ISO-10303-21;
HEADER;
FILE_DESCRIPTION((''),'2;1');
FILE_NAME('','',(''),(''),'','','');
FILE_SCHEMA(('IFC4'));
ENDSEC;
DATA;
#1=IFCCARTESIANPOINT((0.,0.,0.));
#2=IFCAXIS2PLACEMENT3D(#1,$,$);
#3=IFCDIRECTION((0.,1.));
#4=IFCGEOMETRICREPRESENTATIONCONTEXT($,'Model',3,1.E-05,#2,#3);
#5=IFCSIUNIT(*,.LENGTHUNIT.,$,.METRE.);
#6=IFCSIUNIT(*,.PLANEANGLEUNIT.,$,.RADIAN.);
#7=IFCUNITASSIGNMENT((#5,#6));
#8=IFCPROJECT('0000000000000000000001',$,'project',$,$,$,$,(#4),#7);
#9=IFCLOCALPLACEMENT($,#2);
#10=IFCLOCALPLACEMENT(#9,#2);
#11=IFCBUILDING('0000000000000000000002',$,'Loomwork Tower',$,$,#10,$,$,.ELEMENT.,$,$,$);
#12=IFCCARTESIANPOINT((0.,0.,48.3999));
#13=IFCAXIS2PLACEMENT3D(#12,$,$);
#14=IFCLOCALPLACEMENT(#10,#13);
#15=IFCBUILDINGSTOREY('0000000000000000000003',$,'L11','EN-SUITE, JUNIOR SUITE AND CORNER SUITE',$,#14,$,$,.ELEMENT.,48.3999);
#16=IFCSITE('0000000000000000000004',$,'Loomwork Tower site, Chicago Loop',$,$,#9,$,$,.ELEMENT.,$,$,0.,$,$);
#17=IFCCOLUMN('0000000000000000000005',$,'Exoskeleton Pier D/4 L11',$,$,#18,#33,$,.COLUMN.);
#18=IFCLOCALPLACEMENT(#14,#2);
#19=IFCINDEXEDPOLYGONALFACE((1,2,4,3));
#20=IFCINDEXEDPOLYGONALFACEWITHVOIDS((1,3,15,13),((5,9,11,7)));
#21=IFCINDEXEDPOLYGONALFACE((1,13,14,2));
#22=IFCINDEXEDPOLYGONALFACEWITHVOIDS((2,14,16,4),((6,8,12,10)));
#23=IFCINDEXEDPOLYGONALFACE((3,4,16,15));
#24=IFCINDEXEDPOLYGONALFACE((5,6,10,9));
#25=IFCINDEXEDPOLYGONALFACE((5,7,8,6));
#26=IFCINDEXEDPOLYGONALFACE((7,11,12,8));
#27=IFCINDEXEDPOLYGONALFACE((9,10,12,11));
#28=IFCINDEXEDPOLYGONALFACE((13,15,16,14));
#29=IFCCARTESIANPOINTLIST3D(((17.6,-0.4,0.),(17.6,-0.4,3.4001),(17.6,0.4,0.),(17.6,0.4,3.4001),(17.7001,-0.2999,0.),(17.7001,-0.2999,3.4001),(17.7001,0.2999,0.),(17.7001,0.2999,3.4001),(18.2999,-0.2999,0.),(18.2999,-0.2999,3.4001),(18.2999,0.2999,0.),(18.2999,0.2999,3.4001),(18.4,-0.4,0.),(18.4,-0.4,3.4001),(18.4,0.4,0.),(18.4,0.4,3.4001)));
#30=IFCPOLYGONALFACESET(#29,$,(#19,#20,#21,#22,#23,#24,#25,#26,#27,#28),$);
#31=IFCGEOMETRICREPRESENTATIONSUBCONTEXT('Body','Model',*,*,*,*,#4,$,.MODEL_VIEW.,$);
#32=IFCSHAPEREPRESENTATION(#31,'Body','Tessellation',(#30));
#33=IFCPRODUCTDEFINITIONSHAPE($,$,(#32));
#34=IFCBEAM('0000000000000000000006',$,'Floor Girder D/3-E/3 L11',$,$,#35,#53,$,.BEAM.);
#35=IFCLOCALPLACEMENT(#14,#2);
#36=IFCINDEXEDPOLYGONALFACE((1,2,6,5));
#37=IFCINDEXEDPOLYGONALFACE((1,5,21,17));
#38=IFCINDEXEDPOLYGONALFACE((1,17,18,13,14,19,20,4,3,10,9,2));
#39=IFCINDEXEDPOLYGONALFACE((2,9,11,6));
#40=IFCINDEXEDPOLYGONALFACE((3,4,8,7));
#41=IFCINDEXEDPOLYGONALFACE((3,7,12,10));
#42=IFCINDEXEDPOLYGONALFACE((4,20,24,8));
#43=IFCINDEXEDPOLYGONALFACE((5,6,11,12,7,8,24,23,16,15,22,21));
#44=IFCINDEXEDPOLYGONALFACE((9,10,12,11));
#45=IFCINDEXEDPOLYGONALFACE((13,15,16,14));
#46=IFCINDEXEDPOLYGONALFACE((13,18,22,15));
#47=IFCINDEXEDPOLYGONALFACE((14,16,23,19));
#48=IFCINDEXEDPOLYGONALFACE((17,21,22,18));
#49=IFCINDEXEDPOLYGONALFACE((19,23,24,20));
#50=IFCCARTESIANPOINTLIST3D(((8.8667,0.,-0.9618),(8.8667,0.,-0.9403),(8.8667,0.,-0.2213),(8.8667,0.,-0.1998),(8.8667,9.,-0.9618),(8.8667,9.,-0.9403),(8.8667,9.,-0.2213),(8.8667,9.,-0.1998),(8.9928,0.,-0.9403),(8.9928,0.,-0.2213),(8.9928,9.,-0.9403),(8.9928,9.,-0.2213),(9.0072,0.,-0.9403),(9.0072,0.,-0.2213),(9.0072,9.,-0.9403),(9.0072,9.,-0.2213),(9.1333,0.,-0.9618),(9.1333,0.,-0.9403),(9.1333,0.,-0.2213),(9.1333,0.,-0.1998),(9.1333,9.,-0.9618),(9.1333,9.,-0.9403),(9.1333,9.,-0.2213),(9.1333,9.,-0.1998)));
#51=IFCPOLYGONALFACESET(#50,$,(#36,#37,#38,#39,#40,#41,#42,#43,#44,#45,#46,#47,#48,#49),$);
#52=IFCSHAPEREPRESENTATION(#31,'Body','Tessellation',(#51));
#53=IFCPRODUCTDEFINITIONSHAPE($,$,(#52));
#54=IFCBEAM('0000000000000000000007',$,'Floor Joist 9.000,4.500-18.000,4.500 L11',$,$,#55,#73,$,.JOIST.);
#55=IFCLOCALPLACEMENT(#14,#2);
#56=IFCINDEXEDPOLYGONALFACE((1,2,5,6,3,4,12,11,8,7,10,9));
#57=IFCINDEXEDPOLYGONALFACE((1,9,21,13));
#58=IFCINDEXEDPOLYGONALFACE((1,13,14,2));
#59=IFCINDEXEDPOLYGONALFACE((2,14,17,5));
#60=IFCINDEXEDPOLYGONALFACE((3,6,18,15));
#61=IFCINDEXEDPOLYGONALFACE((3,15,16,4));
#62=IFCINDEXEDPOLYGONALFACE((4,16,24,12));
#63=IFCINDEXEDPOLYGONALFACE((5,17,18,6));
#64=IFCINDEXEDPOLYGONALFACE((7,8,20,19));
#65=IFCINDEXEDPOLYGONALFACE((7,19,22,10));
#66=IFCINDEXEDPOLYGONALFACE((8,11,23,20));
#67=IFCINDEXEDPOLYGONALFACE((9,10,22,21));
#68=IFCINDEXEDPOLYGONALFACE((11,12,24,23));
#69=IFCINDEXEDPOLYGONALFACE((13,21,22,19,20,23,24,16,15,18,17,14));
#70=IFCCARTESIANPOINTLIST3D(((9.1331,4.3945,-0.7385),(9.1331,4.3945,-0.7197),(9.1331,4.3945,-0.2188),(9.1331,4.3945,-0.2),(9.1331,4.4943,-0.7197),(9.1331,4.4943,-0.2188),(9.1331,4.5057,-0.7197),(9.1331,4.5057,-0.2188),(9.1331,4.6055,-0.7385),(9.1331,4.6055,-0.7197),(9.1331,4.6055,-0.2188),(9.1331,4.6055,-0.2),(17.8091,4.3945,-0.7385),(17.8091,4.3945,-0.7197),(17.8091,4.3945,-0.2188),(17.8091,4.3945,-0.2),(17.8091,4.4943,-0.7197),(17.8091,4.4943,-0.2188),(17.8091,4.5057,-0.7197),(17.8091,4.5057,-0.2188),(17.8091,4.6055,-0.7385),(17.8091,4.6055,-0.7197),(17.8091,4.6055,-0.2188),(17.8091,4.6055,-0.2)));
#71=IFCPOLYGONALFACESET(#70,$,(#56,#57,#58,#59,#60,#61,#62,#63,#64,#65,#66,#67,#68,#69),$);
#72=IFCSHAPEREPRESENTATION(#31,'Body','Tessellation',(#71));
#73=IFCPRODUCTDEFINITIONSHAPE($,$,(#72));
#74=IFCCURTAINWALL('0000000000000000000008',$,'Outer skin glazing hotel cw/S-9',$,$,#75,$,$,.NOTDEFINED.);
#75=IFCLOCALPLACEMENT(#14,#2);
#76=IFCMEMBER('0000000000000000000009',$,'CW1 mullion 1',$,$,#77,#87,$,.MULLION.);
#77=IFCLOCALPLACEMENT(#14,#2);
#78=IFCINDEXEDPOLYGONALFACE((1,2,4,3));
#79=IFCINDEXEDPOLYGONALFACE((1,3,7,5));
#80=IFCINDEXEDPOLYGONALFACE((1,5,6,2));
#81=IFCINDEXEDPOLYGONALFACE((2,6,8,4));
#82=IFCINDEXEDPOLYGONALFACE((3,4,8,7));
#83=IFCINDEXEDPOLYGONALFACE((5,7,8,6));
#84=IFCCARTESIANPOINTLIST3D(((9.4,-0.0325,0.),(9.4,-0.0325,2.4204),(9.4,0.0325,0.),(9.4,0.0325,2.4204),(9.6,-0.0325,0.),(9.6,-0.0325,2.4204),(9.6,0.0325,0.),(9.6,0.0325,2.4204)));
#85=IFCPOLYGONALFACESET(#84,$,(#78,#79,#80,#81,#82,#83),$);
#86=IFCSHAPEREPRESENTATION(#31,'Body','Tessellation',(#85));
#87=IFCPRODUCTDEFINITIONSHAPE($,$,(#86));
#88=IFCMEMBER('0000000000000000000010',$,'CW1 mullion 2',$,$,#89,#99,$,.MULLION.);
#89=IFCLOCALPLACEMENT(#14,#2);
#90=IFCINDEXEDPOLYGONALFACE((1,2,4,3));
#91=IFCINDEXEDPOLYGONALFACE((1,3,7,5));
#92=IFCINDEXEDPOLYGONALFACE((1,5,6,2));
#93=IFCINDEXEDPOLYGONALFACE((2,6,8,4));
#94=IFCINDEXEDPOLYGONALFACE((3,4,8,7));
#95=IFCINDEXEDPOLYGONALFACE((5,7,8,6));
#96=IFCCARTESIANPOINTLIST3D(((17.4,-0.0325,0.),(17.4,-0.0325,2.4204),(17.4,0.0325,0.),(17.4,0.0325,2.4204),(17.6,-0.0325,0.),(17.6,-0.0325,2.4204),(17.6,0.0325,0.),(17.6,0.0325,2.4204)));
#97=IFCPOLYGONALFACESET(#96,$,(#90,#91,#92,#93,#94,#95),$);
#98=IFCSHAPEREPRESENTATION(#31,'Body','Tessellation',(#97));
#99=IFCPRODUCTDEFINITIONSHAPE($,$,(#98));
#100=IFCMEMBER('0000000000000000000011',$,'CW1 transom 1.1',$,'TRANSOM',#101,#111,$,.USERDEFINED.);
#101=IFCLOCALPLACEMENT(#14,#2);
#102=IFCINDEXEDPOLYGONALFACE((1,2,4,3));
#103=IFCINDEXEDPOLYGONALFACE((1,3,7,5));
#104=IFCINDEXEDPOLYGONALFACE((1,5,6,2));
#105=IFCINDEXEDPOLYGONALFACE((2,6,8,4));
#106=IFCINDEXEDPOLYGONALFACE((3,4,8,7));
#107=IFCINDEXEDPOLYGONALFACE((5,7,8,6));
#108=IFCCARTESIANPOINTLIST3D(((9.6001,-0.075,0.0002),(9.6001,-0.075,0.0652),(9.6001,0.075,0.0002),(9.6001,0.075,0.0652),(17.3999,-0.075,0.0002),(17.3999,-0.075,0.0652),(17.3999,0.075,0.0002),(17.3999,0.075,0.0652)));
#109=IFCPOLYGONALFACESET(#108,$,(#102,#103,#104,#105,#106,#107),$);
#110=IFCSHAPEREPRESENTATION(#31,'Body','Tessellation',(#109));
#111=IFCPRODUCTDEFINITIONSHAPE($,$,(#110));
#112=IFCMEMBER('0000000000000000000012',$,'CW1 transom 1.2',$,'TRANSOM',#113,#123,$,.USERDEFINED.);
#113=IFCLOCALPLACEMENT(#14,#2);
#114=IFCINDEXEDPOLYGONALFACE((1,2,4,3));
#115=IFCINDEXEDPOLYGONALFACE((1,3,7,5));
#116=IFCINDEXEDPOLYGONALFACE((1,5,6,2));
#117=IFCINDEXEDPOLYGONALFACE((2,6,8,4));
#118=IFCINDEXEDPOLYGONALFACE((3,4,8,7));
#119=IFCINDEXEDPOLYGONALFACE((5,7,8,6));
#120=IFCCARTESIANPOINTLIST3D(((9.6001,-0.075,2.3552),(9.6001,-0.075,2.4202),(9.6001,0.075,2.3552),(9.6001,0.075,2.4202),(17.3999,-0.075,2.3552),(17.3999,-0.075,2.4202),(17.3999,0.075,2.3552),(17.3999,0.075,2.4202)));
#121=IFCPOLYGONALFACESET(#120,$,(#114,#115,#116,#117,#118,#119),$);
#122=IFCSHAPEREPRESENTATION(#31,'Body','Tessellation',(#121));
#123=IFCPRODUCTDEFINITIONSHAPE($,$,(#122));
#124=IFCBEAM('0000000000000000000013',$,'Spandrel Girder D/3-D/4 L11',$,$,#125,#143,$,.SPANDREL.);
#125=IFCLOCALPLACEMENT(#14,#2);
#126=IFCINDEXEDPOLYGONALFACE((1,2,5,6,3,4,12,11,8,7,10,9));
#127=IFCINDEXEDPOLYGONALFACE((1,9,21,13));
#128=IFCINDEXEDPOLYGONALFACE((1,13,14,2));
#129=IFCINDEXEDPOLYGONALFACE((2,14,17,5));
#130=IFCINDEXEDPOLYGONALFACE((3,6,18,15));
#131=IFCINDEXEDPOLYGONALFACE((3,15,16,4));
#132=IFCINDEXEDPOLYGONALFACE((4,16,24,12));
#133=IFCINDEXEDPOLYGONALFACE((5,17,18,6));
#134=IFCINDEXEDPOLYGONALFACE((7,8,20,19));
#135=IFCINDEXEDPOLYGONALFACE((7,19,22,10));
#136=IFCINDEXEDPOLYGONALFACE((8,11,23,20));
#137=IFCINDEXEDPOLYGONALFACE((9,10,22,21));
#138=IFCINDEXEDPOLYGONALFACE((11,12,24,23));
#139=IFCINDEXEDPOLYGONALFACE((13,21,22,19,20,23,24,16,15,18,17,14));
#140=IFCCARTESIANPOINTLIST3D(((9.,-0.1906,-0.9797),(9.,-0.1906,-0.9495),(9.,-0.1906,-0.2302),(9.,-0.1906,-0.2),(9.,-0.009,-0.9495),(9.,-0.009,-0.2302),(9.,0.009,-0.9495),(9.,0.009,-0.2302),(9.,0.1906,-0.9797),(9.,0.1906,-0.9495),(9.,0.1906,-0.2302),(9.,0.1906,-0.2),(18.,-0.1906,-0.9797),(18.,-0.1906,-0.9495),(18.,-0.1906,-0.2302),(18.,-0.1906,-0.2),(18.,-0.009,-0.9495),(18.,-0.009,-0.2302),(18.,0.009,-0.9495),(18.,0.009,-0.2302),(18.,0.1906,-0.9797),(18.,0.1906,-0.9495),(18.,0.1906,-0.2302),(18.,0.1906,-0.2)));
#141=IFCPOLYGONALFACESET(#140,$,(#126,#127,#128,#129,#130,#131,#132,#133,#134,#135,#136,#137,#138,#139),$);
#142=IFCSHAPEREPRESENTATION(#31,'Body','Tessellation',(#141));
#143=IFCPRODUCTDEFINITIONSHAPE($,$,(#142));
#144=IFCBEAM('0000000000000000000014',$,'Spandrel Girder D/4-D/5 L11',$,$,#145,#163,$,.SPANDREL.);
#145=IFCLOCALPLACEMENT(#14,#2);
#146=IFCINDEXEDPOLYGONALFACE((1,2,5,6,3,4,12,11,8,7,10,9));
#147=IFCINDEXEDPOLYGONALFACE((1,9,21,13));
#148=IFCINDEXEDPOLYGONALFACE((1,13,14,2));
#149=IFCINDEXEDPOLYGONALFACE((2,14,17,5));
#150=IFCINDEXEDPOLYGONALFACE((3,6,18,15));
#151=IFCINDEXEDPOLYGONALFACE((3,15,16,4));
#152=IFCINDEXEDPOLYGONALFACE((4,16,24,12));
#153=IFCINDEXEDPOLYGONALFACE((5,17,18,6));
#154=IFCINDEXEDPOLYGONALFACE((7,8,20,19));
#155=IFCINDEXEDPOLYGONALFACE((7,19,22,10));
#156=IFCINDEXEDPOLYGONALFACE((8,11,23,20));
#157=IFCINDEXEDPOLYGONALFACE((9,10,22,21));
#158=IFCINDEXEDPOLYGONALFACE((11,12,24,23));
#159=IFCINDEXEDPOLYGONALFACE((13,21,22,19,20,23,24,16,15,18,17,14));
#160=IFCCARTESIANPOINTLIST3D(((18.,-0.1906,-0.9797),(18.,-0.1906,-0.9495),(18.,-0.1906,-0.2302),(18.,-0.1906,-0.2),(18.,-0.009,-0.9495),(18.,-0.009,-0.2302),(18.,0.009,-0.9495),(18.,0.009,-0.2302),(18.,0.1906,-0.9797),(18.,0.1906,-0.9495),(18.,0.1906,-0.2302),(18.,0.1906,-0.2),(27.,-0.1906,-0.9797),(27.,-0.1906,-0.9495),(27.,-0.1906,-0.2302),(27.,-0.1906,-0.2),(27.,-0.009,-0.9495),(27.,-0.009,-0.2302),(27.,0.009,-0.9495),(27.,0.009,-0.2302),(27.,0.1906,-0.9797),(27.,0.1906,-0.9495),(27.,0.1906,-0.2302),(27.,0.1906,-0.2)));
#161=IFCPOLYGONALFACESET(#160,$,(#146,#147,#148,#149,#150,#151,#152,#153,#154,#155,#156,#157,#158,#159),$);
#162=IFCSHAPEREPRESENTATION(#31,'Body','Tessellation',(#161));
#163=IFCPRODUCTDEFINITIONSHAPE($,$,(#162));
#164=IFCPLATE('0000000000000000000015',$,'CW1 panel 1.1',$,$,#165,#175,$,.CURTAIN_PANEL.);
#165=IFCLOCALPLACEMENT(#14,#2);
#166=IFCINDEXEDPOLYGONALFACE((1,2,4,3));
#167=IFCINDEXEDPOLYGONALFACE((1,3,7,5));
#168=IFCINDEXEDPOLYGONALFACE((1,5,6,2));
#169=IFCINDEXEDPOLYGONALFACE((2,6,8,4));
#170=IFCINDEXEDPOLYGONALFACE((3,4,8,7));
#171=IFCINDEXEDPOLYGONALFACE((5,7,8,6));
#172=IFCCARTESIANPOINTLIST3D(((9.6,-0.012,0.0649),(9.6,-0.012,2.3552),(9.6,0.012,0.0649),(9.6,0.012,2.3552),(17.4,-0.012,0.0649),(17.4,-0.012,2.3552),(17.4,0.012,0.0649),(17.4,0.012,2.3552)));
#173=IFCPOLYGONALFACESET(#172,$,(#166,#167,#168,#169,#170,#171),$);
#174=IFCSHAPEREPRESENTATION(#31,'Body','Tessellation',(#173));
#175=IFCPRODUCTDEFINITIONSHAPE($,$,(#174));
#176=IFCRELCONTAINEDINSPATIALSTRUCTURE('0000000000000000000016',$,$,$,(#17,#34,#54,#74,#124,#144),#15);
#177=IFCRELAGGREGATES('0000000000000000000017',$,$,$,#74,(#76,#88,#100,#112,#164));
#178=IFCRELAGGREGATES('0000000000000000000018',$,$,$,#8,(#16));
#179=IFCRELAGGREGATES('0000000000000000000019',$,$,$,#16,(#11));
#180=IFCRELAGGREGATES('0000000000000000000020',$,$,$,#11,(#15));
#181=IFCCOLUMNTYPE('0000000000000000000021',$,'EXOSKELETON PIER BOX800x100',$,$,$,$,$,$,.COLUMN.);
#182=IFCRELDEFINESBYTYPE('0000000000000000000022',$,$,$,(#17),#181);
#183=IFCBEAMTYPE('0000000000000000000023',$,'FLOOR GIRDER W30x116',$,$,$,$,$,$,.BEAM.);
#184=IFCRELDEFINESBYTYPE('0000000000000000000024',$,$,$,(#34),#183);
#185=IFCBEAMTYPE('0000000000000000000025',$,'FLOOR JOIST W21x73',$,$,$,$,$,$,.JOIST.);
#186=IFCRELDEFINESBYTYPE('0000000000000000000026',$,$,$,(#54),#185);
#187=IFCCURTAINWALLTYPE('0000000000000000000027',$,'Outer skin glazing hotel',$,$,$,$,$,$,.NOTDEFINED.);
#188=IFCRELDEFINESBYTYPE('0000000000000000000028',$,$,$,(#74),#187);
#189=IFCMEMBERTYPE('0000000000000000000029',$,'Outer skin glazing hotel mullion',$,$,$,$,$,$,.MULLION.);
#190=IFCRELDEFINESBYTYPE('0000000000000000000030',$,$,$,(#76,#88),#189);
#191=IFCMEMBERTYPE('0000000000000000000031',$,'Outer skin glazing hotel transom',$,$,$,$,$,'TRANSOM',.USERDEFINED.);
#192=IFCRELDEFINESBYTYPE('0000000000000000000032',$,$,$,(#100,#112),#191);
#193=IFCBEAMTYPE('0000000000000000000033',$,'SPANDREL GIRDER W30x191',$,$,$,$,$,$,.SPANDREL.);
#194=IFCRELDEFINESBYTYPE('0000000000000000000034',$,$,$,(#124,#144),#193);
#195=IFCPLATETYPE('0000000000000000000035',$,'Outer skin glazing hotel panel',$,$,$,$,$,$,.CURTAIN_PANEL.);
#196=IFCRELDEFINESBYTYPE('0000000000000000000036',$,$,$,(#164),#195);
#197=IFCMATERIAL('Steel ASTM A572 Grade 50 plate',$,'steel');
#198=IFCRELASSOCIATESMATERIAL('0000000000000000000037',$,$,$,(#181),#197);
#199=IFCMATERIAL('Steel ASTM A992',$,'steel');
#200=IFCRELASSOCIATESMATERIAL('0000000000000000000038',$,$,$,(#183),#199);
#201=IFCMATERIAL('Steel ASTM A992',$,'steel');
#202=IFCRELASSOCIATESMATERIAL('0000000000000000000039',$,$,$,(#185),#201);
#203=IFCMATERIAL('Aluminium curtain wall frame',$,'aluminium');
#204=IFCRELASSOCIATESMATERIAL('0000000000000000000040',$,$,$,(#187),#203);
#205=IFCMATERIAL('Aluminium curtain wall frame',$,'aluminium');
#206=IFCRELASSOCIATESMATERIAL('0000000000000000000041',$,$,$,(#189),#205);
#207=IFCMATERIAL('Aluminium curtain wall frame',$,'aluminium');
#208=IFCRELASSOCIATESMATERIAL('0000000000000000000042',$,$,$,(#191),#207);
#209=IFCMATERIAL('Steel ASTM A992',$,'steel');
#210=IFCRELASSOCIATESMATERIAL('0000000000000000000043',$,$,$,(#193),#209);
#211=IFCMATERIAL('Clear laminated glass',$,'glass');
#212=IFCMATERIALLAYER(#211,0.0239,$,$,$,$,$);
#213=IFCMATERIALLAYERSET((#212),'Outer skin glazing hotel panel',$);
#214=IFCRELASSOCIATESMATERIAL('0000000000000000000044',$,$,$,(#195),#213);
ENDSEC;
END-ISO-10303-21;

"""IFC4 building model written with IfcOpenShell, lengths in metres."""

from ifc_helpers import new_model, si_unit, direction, frame, origin, origin_2d, place, context, subcontext, project, spatial, rectangle, hollow_rectangle, i_section, extrude, material, layer, layer_set, material_profile, profile_set, type_object, element, aggregate, save


model = new_model("IFC4")

# Units and contexts
model_context = context("Model", 3, precision=1e-05, world=origin(), true_north=direction((0.0, 1.0)))
body_context = subcontext(model_context, "Body", "Model", "MODEL_VIEW")
ifc_project = project(units=[si_unit("LENGTHUNIT", "METRE"), si_unit("PLANEANGLEUNIT", "RADIAN")], contexts=[model_context])

# Site, building, storey
site_placement = place(None, origin())
site = spatial("IfcSite", under=ifc_project, at=site_placement, Name="Loomwork Tower site, Chicago Loop", CompositionType="ELEMENT", RefElevation=0.0)
building_placement = place(site_placement, origin())
building = spatial("IfcBuilding", under=site, at=building_placement, Name="Loomwork Tower", CompositionType="ELEMENT")
storey_placement = place(building_placement, frame((0.0, 0.0, 48.3999)))
storey = spatial("IfcBuildingStorey", under=building, at=storey_placement, Name="L11", Description="EN-SUITE, JUNIOR SUITE AND CORNER SUITE", CompositionType="ELEMENT", Elevation=48.3999)

# Column
ifc_material_1 = material(Name="Steel ASTM A572 Grade 50 plate", Category="steel")
ifc_material_profile_1 = material_profile(ifc_material_1, hollow_rectangle(XDim=0.8, YDim=0.8, WallThickness=0.1001, at=origin_2d()), Name="BOX800x100")
ifc_profile_set_1 = profile_set([ifc_material_profile_1], Name="Steel ASTM A572 Grade 50 plate")
column_type = type_object("IfcColumnType", Name="EXOSKELETON PIER BOX800x100", PredefinedType="COLUMN", material=ifc_profile_set_1)
column_placement = place(storey_placement, frame((18.0, 0.0, 0.0), z_axis=(0.0, 0.0, 1.0), x_axis=(1.0, 0.0, 0.0)))
element("IfcColumn", 1, at=column_placement, inside=storey, type_object=column_type, Name="Exoskeleton Pier D/4 L11", PredefinedType="COLUMN", context=body_context, shape_type="SweptSolid", body=[
    extrude(hollow_rectangle(XDim=0.8, YDim=0.8, WallThickness=0.1001, at=origin_2d()), origin(), (0.0, 0.0, 1.0), 3.4001),
])

# Beams
ifc_material_2 = material(Name="Steel ASTM A992", Category="steel")
ifc_material_profile_2 = material_profile(ifc_material_2, i_section(OverallWidth=0.2666, OverallDepth=0.762, WebThickness=0.0144, FlangeThickness=0.0215, at=origin_2d()), Name="W30x116")
ifc_profile_set_2 = profile_set([ifc_material_profile_2], Name="Steel ASTM A992")
beam_type_1 = type_object("IfcBeamType", Name="FLOOR GIRDER W30x116", PredefinedType="BEAM", material=ifc_profile_set_2)
beam_1_placement = place(storey_placement, frame((9.0, 0.0, -0.5808), z_axis=(0.0, 1.0, 0.0), x_axis=(-1.0, 0.0, 0.0)))
element("IfcBeam", 2, at=beam_1_placement, inside=storey, type_object=beam_type_1, Name="Floor Girder D/3-E/3 L11", PredefinedType="BEAM", context=body_context, shape_type="SweptSolid", body=[
    extrude(i_section(OverallWidth=0.2666, OverallDepth=0.762, WebThickness=0.0144, FlangeThickness=0.0215, at=origin_2d()), origin(), (0.0, 0.0, 1.0), 9.0),
])
ifc_material_3 = material(Name="Steel ASTM A992", Category="steel")
ifc_material_profile_3 = material_profile(ifc_material_3, i_section(OverallWidth=0.2109, OverallDepth=0.5386, WebThickness=0.0115, FlangeThickness=0.0188, at=origin_2d()), Name="W21x73")
ifc_profile_set_3 = profile_set([ifc_material_profile_3], Name="Steel ASTM A992")
beam_type_2 = type_object("IfcBeamType", Name="FLOOR JOIST W21x73", PredefinedType="JOIST", material=ifc_profile_set_3)
beam_2_placement = place(storey_placement, frame((9.1331, 4.5, -0.4692), z_axis=(1.0, 0.0, 0.0), x_axis=(0.0, 1.0, 0.0)))
element("IfcBeam", 3, at=beam_2_placement, inside=storey, type_object=beam_type_2, Name="Floor Joist 9.000,4.500-18.000,4.500 L11", PredefinedType="JOIST", context=body_context, shape_type="SweptSolid", body=[
    extrude(i_section(OverallWidth=0.2109, OverallDepth=0.5386, WebThickness=0.0115, FlangeThickness=0.0188, at=origin_2d()), origin(), (0.0, 0.0, 1.0), 8.676),
])

# Curtain wall, members
ifc_material_4 = material(Name="Aluminium curtain wall frame", Category="aluminium")
curtain_wall_type = type_object("IfcCurtainWallType", Name="Outer skin glazing hotel", PredefinedType="NOTDEFINED", material=ifc_material_4)
curtain_wall_placement = place(storey_placement, origin())
curtain_wall = element("IfcCurtainWall", 4, at=curtain_wall_placement, inside=storey, type_object=curtain_wall_type, Name="Outer skin glazing hotel cw/S-9", PredefinedType="NOTDEFINED")
ifc_material_5 = material(Name="Aluminium curtain wall frame", Category="aluminium")
ifc_material_profile_4 = material_profile(ifc_material_5, rectangle(XDim=0.0649, YDim=0.2, at=origin_2d()), Name="AL 65x200")
ifc_profile_set_4 = profile_set([ifc_material_profile_4], Name="Aluminium curtain wall frame")
member_type_1 = type_object("IfcMemberType", Name="Outer skin glazing hotel mullion", PredefinedType="MULLION", material=ifc_profile_set_4)
member_1_placement = place(storey_placement, frame((9.5, 0.0, 0.0), z_axis=(0.0, 0.0, 1.0), x_axis=(0.0, 1.0, 0.0)))
member_1 = element("IfcMember", 5, at=member_1_placement, type_object=member_type_1, Name="CW1 mullion 1", PredefinedType="MULLION", context=body_context, shape_type="SweptSolid", body=[
    extrude(rectangle(XDim=0.0649, YDim=0.2, at=origin_2d()), origin(), (0.0, 0.0, 1.0), 2.4204),
])
member_2_placement = place(storey_placement, frame((17.5, 0.0, 0.0), z_axis=(0.0, 0.0, 1.0), x_axis=(0.0, 1.0, 0.0)))
member_2 = element("IfcMember", 6, at=member_2_placement, type_object=member_type_1, Name="CW1 mullion 2", PredefinedType="MULLION", context=body_context, shape_type="SweptSolid", body=[
    extrude(rectangle(XDim=0.0649, YDim=0.2, at=origin_2d()), origin(), (0.0, 0.0, 1.0), 2.4204),
])
ifc_material_6 = material(Name="Aluminium curtain wall frame", Category="aluminium")
ifc_material_profile_5 = material_profile(ifc_material_6, rectangle(XDim=0.1499, YDim=0.0649, at=origin_2d()), Name="AL 65x150")
ifc_profile_set_5 = profile_set([ifc_material_profile_5], Name="Aluminium curtain wall frame")
member_type_2 = type_object("IfcMemberType", Name="Outer skin glazing hotel transom", ElementType="TRANSOM", PredefinedType="USERDEFINED", material=ifc_profile_set_5)
member_3_placement = place(storey_placement, frame((9.6001, 0.0, 0.0327), z_axis=(1.0, 0.0, 0.0), x_axis=(0.0, 1.0, 0.0)))
member_3 = element("IfcMember", 7, at=member_3_placement, type_object=member_type_2, Name="CW1 transom 1.1", ObjectType="TRANSOM", PredefinedType="USERDEFINED", context=body_context, shape_type="SweptSolid", body=[
    extrude(rectangle(XDim=0.1499, YDim=0.0649, at=origin_2d()), origin(), (0.0, 0.0, 1.0), 7.7998),
])
member_4_placement = place(storey_placement, frame((9.6001, 0.0, 2.3877), z_axis=(1.0, 0.0, 0.0), x_axis=(0.0, 1.0, 0.0)))
member_4 = element("IfcMember", 8, at=member_4_placement, type_object=member_type_2, Name="CW1 transom 1.2", ObjectType="TRANSOM", PredefinedType="USERDEFINED", context=body_context, shape_type="SweptSolid", body=[
    extrude(rectangle(XDim=0.1499, YDim=0.0649, at=origin_2d()), origin(), (0.0, 0.0, 1.0), 7.7998),
])

# Beams
ifc_material_7 = material(Name="Steel ASTM A992", Category="steel")
ifc_material_profile_6 = material_profile(ifc_material_7, i_section(OverallWidth=0.3811, OverallDepth=0.7798, WebThickness=0.0181, FlangeThickness=0.0303, at=origin_2d()), Name="W30x191")
ifc_profile_set_6 = profile_set([ifc_material_profile_6], Name="Steel ASTM A992")
beam_type_3 = type_object("IfcBeamType", Name="SPANDREL GIRDER W30x191", PredefinedType="SPANDREL", material=ifc_profile_set_6)
for number, where, z_axis, x_axis, name in (
    (9, (9.0, 0.0, -0.5898), (1.0, 0.0, 0.0), (0.0, 1.0, 0.0), "Spandrel Girder D/3-D/4 L11"),
    (10, (18.0, 0.0, -0.5898), (1.0, 0.0, 0.0), (0.0, 1.0, 0.0), "Spandrel Girder D/4-D/5 L11"),
):
    element("IfcBeam", number, at=place(storey_placement, frame(where, z_axis=z_axis, x_axis=x_axis)), inside=storey, type_object=beam_type_3, Name=name, PredefinedType="SPANDREL", context=body_context, shape_type="SweptSolid", body=[
        extrude(i_section(OverallWidth=0.3811, OverallDepth=0.7798, WebThickness=0.0181, FlangeThickness=0.0303, at=origin_2d()), origin(), (0.0, 0.0, 1.0), 9.0),
    ])

# Plate
ifc_material_8 = material(Name="Clear laminated glass", Category="glass")
ifc_layer_1 = layer(ifc_material_8, 0.0239)
ifc_layer_set_1 = layer_set([ifc_layer_1], Name="Outer skin glazing hotel panel")
plate_type = type_object("IfcPlateType", Name="Outer skin glazing hotel panel", PredefinedType="CURTAIN_PANEL", material=ifc_layer_set_1)
plate_placement = place(storey_placement, frame((13.5, 0.0, 0.0649), z_axis=(0.0, 0.0, 1.0), x_axis=(1.0, 0.0, 0.0)))
plate = element("IfcPlate", 11, at=plate_placement, type_object=plate_type, Name="CW1 panel 1.1", PredefinedType="CURTAIN_PANEL", context=body_context, shape_type="SweptSolid", body=[
    extrude(rectangle(XDim=7.8, YDim=0.0239, at=origin_2d()), origin(), (0.0, 0.0, 1.0), 2.2903),
])
aggregate(curtain_wall, [member_1, member_2, member_3, member_4, plate])

save(model, "model.ifc")
